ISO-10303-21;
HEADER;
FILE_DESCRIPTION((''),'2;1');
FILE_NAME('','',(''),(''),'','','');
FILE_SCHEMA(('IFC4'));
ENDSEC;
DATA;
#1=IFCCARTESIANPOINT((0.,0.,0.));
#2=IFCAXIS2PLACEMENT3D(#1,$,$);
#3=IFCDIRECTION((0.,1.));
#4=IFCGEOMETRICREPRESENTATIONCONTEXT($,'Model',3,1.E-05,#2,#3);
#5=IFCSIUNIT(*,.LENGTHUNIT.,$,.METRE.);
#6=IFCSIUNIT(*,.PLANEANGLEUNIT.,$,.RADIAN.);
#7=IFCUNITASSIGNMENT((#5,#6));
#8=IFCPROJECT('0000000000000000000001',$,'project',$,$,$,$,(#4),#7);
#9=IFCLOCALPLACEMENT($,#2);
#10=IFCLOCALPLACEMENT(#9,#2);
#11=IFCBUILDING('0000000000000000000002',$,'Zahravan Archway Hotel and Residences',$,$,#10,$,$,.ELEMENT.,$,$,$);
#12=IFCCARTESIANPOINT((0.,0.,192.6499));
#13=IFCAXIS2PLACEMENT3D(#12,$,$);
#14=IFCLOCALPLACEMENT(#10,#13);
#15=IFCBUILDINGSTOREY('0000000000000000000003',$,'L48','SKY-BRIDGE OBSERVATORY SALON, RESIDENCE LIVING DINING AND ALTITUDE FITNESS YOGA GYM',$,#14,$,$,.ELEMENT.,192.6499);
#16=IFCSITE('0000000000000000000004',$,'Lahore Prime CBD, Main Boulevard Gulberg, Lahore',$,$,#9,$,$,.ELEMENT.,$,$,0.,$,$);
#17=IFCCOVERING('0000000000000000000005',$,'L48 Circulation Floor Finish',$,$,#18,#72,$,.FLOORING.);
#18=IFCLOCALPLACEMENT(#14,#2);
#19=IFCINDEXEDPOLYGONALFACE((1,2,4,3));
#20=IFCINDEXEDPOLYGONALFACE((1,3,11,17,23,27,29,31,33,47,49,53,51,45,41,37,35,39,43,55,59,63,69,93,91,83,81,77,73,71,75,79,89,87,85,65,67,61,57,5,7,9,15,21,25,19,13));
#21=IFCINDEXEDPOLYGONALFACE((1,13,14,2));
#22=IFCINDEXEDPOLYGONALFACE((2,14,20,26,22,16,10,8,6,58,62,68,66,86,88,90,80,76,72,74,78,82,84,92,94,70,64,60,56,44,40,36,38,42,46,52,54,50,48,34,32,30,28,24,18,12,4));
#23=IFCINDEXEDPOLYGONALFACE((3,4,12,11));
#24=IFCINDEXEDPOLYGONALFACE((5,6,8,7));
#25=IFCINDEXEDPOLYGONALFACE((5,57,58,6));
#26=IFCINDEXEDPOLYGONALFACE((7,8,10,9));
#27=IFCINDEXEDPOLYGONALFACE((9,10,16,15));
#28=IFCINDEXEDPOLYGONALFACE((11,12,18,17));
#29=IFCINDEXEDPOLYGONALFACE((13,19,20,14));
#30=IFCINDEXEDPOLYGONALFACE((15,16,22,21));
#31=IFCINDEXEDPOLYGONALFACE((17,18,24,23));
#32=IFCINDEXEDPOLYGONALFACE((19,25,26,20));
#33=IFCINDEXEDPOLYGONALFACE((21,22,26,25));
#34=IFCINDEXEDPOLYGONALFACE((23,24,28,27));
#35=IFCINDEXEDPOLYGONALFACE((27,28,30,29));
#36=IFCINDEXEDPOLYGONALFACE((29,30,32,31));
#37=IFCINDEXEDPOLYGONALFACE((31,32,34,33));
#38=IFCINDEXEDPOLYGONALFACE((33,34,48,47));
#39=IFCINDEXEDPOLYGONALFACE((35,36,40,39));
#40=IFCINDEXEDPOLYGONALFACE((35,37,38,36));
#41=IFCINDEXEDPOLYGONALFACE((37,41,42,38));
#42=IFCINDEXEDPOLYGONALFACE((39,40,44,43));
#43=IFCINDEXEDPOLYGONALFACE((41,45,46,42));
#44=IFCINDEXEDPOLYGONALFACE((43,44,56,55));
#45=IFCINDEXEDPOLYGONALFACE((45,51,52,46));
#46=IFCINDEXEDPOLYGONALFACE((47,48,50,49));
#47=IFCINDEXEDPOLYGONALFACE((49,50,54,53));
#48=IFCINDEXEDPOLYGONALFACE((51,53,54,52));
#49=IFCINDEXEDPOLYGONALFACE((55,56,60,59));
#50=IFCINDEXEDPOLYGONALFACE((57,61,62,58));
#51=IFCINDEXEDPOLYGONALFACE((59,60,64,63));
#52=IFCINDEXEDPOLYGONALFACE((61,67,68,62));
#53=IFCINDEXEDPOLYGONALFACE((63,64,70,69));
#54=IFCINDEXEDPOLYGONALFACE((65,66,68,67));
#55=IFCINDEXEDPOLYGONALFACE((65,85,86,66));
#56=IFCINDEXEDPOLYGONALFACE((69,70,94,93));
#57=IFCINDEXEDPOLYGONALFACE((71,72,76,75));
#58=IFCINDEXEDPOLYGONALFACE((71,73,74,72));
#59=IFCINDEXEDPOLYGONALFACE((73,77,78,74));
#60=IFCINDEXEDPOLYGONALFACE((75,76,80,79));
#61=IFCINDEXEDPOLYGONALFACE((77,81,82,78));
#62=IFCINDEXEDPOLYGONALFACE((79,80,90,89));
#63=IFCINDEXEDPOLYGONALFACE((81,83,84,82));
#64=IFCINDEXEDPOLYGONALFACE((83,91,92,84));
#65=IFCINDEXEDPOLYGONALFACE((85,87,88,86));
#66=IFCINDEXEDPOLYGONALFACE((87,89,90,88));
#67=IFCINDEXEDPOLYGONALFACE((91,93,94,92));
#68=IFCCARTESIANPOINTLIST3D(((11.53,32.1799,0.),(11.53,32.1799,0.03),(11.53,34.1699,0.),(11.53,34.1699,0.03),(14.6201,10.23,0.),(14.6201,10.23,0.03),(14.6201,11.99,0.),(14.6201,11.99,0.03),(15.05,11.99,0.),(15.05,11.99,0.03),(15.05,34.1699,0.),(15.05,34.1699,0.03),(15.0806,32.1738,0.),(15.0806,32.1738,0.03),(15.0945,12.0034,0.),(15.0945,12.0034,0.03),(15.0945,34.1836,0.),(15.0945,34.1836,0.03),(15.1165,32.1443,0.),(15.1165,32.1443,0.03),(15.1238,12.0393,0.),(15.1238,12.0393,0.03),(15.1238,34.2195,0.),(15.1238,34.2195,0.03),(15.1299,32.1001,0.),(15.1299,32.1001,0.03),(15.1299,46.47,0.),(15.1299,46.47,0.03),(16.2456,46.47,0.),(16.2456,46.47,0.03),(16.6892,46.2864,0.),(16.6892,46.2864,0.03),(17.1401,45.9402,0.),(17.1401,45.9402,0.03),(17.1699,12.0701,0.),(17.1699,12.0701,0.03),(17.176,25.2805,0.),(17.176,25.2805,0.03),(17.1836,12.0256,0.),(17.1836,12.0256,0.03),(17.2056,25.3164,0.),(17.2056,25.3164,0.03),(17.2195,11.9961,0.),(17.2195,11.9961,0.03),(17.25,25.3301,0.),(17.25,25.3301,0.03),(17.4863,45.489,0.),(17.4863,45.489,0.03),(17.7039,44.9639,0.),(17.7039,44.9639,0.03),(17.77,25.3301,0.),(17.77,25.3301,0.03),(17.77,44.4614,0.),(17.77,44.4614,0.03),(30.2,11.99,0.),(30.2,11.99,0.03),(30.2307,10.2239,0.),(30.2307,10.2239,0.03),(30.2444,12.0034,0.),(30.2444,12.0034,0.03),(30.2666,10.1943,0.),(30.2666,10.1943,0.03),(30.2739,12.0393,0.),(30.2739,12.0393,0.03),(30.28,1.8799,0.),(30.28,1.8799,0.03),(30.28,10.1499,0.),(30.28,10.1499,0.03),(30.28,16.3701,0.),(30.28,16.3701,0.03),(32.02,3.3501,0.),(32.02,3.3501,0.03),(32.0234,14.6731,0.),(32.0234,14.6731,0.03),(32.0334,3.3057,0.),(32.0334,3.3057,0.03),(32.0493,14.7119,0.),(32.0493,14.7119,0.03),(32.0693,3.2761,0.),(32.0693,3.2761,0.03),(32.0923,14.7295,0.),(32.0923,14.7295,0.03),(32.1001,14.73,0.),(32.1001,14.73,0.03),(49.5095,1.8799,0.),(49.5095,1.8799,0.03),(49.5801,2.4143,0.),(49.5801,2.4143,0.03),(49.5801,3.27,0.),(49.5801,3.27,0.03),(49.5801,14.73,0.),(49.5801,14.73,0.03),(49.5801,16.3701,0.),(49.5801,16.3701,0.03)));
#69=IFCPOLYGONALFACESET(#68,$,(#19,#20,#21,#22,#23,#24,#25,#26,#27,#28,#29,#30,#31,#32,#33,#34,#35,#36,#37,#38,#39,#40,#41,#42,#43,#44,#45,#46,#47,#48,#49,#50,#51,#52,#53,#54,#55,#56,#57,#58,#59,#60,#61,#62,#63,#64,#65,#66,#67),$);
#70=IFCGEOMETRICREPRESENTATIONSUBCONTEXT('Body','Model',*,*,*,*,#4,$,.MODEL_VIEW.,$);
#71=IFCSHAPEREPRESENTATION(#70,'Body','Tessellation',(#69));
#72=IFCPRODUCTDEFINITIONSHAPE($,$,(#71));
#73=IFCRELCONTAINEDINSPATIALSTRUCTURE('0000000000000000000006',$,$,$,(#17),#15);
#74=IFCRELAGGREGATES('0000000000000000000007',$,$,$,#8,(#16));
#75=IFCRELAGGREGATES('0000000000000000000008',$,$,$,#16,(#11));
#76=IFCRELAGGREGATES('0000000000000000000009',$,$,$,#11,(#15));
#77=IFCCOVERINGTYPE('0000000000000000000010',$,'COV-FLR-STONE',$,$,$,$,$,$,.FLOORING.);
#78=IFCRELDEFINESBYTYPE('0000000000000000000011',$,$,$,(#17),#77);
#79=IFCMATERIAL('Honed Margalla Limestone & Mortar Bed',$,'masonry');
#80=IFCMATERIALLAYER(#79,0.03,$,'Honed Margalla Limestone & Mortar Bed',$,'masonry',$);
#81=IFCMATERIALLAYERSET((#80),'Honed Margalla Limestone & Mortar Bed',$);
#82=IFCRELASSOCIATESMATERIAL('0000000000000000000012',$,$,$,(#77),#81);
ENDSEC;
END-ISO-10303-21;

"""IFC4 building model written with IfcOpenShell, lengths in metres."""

from ifc_helpers import new_model, si_unit, direction, frame, origin, place, context, subcontext, project, spatial, polyline, outline, extrude, material, layer, layer_set, type_object, element, save


model = new_model("IFC4")

# Units and contexts
model_context = context("Model", 3, precision=1e-05, world=origin(), true_north=direction((0.0, 1.0)))
body_context = subcontext(model_context, "Body", "Model", "MODEL_VIEW")
ifc_project = project(units=[si_unit("LENGTHUNIT", "METRE"), si_unit("PLANEANGLEUNIT", "RADIAN")], contexts=[model_context])

# Site, building, storey
site_placement = place(None, origin())
site = spatial("IfcSite", under=ifc_project, at=site_placement, Name="Lahore Prime CBD, Main Boulevard Gulberg, Lahore", CompositionType="ELEMENT", RefElevation=0.0)
building_placement = place(site_placement, origin())
building = spatial("IfcBuilding", under=site, at=building_placement, Name="Zahravan Archway Hotel and Residences", CompositionType="ELEMENT")
storey_placement = place(building_placement, frame((0.0, 0.0, 192.6499)))
storey = spatial("IfcBuildingStorey", under=building, at=storey_placement, Name="L48", Description="SKY-BRIDGE OBSERVATORY SALON, RESIDENCE LIVING DINING AND ALTITUDE FITNESS YOGA GYM", CompositionType="ELEMENT", Elevation=192.6499)

# Covering
ifc_material_1 = material(Name="Honed Margalla Limestone & Mortar Bed", Category="masonry")
ifc_layer_1 = layer(ifc_material_1, 0.03, Name="Honed Margalla Limestone & Mortar Bed", Category="masonry")
ifc_layer_set_1 = layer_set([ifc_layer_1], Name="Honed Margalla Limestone & Mortar Bed")
covering_type_1 = type_object("IfcCoveringType", Name="COV-FLR-STONE", PredefinedType="FLOORING", material=ifc_layer_set_1)
covering_1_placement = place(storey_placement, origin())
element("IfcCovering", 1, at=covering_1_placement, inside=storey, type_object=covering_type_1, Name="L48 Circulation Floor Finish", PredefinedType="FLOORING", context=body_context, shape_type="SweptSolid", body=[
    extrude(outline(polyline([(32.0923, 14.7295), (32.0493, 14.7119), (32.0234, 14.6731), (32.02, 3.3501), (32.0334, 3.3057), (32.0693, 3.2761), (49.5801, 3.27), (49.5801, 2.4143), (49.5095, 1.8799), (30.28, 1.8799), (30.28, 10.1499), (30.2666, 10.1943), (30.2307, 10.2239), (14.6201, 10.23), (14.6201, 11.99), (15.05, 11.99), (15.0945, 12.0034), (15.1238, 12.0393), (15.1299, 32.1001), (15.1165, 32.1443), (15.0806, 32.1738), (11.53, 32.1799), (11.53, 34.1699), (15.05, 34.1699), (15.0945, 34.1836), (15.1238, 34.2195), (15.1299, 46.47), (16.2456, 46.47), (16.6892, 46.2864), (17.1401, 45.9402), (17.4863, 45.489), (17.7039, 44.9639), (17.77, 44.4614), (17.77, 25.3301), (17.25, 25.3301), (17.2056, 25.3164), (17.176, 25.2805), (17.1699, 12.0701), (17.1836, 12.0256), (17.2195, 11.9961), (30.2, 11.99), (30.2444, 12.0034), (30.2739, 12.0393), (30.28, 16.3701), (49.5801, 16.3701), (49.5801, 14.73), (32.1001, 14.73), (32.0923, 14.7295)])), origin(), (0.0, 0.0, 1.0), 0.03),
])

save(model, "model.ifc")
